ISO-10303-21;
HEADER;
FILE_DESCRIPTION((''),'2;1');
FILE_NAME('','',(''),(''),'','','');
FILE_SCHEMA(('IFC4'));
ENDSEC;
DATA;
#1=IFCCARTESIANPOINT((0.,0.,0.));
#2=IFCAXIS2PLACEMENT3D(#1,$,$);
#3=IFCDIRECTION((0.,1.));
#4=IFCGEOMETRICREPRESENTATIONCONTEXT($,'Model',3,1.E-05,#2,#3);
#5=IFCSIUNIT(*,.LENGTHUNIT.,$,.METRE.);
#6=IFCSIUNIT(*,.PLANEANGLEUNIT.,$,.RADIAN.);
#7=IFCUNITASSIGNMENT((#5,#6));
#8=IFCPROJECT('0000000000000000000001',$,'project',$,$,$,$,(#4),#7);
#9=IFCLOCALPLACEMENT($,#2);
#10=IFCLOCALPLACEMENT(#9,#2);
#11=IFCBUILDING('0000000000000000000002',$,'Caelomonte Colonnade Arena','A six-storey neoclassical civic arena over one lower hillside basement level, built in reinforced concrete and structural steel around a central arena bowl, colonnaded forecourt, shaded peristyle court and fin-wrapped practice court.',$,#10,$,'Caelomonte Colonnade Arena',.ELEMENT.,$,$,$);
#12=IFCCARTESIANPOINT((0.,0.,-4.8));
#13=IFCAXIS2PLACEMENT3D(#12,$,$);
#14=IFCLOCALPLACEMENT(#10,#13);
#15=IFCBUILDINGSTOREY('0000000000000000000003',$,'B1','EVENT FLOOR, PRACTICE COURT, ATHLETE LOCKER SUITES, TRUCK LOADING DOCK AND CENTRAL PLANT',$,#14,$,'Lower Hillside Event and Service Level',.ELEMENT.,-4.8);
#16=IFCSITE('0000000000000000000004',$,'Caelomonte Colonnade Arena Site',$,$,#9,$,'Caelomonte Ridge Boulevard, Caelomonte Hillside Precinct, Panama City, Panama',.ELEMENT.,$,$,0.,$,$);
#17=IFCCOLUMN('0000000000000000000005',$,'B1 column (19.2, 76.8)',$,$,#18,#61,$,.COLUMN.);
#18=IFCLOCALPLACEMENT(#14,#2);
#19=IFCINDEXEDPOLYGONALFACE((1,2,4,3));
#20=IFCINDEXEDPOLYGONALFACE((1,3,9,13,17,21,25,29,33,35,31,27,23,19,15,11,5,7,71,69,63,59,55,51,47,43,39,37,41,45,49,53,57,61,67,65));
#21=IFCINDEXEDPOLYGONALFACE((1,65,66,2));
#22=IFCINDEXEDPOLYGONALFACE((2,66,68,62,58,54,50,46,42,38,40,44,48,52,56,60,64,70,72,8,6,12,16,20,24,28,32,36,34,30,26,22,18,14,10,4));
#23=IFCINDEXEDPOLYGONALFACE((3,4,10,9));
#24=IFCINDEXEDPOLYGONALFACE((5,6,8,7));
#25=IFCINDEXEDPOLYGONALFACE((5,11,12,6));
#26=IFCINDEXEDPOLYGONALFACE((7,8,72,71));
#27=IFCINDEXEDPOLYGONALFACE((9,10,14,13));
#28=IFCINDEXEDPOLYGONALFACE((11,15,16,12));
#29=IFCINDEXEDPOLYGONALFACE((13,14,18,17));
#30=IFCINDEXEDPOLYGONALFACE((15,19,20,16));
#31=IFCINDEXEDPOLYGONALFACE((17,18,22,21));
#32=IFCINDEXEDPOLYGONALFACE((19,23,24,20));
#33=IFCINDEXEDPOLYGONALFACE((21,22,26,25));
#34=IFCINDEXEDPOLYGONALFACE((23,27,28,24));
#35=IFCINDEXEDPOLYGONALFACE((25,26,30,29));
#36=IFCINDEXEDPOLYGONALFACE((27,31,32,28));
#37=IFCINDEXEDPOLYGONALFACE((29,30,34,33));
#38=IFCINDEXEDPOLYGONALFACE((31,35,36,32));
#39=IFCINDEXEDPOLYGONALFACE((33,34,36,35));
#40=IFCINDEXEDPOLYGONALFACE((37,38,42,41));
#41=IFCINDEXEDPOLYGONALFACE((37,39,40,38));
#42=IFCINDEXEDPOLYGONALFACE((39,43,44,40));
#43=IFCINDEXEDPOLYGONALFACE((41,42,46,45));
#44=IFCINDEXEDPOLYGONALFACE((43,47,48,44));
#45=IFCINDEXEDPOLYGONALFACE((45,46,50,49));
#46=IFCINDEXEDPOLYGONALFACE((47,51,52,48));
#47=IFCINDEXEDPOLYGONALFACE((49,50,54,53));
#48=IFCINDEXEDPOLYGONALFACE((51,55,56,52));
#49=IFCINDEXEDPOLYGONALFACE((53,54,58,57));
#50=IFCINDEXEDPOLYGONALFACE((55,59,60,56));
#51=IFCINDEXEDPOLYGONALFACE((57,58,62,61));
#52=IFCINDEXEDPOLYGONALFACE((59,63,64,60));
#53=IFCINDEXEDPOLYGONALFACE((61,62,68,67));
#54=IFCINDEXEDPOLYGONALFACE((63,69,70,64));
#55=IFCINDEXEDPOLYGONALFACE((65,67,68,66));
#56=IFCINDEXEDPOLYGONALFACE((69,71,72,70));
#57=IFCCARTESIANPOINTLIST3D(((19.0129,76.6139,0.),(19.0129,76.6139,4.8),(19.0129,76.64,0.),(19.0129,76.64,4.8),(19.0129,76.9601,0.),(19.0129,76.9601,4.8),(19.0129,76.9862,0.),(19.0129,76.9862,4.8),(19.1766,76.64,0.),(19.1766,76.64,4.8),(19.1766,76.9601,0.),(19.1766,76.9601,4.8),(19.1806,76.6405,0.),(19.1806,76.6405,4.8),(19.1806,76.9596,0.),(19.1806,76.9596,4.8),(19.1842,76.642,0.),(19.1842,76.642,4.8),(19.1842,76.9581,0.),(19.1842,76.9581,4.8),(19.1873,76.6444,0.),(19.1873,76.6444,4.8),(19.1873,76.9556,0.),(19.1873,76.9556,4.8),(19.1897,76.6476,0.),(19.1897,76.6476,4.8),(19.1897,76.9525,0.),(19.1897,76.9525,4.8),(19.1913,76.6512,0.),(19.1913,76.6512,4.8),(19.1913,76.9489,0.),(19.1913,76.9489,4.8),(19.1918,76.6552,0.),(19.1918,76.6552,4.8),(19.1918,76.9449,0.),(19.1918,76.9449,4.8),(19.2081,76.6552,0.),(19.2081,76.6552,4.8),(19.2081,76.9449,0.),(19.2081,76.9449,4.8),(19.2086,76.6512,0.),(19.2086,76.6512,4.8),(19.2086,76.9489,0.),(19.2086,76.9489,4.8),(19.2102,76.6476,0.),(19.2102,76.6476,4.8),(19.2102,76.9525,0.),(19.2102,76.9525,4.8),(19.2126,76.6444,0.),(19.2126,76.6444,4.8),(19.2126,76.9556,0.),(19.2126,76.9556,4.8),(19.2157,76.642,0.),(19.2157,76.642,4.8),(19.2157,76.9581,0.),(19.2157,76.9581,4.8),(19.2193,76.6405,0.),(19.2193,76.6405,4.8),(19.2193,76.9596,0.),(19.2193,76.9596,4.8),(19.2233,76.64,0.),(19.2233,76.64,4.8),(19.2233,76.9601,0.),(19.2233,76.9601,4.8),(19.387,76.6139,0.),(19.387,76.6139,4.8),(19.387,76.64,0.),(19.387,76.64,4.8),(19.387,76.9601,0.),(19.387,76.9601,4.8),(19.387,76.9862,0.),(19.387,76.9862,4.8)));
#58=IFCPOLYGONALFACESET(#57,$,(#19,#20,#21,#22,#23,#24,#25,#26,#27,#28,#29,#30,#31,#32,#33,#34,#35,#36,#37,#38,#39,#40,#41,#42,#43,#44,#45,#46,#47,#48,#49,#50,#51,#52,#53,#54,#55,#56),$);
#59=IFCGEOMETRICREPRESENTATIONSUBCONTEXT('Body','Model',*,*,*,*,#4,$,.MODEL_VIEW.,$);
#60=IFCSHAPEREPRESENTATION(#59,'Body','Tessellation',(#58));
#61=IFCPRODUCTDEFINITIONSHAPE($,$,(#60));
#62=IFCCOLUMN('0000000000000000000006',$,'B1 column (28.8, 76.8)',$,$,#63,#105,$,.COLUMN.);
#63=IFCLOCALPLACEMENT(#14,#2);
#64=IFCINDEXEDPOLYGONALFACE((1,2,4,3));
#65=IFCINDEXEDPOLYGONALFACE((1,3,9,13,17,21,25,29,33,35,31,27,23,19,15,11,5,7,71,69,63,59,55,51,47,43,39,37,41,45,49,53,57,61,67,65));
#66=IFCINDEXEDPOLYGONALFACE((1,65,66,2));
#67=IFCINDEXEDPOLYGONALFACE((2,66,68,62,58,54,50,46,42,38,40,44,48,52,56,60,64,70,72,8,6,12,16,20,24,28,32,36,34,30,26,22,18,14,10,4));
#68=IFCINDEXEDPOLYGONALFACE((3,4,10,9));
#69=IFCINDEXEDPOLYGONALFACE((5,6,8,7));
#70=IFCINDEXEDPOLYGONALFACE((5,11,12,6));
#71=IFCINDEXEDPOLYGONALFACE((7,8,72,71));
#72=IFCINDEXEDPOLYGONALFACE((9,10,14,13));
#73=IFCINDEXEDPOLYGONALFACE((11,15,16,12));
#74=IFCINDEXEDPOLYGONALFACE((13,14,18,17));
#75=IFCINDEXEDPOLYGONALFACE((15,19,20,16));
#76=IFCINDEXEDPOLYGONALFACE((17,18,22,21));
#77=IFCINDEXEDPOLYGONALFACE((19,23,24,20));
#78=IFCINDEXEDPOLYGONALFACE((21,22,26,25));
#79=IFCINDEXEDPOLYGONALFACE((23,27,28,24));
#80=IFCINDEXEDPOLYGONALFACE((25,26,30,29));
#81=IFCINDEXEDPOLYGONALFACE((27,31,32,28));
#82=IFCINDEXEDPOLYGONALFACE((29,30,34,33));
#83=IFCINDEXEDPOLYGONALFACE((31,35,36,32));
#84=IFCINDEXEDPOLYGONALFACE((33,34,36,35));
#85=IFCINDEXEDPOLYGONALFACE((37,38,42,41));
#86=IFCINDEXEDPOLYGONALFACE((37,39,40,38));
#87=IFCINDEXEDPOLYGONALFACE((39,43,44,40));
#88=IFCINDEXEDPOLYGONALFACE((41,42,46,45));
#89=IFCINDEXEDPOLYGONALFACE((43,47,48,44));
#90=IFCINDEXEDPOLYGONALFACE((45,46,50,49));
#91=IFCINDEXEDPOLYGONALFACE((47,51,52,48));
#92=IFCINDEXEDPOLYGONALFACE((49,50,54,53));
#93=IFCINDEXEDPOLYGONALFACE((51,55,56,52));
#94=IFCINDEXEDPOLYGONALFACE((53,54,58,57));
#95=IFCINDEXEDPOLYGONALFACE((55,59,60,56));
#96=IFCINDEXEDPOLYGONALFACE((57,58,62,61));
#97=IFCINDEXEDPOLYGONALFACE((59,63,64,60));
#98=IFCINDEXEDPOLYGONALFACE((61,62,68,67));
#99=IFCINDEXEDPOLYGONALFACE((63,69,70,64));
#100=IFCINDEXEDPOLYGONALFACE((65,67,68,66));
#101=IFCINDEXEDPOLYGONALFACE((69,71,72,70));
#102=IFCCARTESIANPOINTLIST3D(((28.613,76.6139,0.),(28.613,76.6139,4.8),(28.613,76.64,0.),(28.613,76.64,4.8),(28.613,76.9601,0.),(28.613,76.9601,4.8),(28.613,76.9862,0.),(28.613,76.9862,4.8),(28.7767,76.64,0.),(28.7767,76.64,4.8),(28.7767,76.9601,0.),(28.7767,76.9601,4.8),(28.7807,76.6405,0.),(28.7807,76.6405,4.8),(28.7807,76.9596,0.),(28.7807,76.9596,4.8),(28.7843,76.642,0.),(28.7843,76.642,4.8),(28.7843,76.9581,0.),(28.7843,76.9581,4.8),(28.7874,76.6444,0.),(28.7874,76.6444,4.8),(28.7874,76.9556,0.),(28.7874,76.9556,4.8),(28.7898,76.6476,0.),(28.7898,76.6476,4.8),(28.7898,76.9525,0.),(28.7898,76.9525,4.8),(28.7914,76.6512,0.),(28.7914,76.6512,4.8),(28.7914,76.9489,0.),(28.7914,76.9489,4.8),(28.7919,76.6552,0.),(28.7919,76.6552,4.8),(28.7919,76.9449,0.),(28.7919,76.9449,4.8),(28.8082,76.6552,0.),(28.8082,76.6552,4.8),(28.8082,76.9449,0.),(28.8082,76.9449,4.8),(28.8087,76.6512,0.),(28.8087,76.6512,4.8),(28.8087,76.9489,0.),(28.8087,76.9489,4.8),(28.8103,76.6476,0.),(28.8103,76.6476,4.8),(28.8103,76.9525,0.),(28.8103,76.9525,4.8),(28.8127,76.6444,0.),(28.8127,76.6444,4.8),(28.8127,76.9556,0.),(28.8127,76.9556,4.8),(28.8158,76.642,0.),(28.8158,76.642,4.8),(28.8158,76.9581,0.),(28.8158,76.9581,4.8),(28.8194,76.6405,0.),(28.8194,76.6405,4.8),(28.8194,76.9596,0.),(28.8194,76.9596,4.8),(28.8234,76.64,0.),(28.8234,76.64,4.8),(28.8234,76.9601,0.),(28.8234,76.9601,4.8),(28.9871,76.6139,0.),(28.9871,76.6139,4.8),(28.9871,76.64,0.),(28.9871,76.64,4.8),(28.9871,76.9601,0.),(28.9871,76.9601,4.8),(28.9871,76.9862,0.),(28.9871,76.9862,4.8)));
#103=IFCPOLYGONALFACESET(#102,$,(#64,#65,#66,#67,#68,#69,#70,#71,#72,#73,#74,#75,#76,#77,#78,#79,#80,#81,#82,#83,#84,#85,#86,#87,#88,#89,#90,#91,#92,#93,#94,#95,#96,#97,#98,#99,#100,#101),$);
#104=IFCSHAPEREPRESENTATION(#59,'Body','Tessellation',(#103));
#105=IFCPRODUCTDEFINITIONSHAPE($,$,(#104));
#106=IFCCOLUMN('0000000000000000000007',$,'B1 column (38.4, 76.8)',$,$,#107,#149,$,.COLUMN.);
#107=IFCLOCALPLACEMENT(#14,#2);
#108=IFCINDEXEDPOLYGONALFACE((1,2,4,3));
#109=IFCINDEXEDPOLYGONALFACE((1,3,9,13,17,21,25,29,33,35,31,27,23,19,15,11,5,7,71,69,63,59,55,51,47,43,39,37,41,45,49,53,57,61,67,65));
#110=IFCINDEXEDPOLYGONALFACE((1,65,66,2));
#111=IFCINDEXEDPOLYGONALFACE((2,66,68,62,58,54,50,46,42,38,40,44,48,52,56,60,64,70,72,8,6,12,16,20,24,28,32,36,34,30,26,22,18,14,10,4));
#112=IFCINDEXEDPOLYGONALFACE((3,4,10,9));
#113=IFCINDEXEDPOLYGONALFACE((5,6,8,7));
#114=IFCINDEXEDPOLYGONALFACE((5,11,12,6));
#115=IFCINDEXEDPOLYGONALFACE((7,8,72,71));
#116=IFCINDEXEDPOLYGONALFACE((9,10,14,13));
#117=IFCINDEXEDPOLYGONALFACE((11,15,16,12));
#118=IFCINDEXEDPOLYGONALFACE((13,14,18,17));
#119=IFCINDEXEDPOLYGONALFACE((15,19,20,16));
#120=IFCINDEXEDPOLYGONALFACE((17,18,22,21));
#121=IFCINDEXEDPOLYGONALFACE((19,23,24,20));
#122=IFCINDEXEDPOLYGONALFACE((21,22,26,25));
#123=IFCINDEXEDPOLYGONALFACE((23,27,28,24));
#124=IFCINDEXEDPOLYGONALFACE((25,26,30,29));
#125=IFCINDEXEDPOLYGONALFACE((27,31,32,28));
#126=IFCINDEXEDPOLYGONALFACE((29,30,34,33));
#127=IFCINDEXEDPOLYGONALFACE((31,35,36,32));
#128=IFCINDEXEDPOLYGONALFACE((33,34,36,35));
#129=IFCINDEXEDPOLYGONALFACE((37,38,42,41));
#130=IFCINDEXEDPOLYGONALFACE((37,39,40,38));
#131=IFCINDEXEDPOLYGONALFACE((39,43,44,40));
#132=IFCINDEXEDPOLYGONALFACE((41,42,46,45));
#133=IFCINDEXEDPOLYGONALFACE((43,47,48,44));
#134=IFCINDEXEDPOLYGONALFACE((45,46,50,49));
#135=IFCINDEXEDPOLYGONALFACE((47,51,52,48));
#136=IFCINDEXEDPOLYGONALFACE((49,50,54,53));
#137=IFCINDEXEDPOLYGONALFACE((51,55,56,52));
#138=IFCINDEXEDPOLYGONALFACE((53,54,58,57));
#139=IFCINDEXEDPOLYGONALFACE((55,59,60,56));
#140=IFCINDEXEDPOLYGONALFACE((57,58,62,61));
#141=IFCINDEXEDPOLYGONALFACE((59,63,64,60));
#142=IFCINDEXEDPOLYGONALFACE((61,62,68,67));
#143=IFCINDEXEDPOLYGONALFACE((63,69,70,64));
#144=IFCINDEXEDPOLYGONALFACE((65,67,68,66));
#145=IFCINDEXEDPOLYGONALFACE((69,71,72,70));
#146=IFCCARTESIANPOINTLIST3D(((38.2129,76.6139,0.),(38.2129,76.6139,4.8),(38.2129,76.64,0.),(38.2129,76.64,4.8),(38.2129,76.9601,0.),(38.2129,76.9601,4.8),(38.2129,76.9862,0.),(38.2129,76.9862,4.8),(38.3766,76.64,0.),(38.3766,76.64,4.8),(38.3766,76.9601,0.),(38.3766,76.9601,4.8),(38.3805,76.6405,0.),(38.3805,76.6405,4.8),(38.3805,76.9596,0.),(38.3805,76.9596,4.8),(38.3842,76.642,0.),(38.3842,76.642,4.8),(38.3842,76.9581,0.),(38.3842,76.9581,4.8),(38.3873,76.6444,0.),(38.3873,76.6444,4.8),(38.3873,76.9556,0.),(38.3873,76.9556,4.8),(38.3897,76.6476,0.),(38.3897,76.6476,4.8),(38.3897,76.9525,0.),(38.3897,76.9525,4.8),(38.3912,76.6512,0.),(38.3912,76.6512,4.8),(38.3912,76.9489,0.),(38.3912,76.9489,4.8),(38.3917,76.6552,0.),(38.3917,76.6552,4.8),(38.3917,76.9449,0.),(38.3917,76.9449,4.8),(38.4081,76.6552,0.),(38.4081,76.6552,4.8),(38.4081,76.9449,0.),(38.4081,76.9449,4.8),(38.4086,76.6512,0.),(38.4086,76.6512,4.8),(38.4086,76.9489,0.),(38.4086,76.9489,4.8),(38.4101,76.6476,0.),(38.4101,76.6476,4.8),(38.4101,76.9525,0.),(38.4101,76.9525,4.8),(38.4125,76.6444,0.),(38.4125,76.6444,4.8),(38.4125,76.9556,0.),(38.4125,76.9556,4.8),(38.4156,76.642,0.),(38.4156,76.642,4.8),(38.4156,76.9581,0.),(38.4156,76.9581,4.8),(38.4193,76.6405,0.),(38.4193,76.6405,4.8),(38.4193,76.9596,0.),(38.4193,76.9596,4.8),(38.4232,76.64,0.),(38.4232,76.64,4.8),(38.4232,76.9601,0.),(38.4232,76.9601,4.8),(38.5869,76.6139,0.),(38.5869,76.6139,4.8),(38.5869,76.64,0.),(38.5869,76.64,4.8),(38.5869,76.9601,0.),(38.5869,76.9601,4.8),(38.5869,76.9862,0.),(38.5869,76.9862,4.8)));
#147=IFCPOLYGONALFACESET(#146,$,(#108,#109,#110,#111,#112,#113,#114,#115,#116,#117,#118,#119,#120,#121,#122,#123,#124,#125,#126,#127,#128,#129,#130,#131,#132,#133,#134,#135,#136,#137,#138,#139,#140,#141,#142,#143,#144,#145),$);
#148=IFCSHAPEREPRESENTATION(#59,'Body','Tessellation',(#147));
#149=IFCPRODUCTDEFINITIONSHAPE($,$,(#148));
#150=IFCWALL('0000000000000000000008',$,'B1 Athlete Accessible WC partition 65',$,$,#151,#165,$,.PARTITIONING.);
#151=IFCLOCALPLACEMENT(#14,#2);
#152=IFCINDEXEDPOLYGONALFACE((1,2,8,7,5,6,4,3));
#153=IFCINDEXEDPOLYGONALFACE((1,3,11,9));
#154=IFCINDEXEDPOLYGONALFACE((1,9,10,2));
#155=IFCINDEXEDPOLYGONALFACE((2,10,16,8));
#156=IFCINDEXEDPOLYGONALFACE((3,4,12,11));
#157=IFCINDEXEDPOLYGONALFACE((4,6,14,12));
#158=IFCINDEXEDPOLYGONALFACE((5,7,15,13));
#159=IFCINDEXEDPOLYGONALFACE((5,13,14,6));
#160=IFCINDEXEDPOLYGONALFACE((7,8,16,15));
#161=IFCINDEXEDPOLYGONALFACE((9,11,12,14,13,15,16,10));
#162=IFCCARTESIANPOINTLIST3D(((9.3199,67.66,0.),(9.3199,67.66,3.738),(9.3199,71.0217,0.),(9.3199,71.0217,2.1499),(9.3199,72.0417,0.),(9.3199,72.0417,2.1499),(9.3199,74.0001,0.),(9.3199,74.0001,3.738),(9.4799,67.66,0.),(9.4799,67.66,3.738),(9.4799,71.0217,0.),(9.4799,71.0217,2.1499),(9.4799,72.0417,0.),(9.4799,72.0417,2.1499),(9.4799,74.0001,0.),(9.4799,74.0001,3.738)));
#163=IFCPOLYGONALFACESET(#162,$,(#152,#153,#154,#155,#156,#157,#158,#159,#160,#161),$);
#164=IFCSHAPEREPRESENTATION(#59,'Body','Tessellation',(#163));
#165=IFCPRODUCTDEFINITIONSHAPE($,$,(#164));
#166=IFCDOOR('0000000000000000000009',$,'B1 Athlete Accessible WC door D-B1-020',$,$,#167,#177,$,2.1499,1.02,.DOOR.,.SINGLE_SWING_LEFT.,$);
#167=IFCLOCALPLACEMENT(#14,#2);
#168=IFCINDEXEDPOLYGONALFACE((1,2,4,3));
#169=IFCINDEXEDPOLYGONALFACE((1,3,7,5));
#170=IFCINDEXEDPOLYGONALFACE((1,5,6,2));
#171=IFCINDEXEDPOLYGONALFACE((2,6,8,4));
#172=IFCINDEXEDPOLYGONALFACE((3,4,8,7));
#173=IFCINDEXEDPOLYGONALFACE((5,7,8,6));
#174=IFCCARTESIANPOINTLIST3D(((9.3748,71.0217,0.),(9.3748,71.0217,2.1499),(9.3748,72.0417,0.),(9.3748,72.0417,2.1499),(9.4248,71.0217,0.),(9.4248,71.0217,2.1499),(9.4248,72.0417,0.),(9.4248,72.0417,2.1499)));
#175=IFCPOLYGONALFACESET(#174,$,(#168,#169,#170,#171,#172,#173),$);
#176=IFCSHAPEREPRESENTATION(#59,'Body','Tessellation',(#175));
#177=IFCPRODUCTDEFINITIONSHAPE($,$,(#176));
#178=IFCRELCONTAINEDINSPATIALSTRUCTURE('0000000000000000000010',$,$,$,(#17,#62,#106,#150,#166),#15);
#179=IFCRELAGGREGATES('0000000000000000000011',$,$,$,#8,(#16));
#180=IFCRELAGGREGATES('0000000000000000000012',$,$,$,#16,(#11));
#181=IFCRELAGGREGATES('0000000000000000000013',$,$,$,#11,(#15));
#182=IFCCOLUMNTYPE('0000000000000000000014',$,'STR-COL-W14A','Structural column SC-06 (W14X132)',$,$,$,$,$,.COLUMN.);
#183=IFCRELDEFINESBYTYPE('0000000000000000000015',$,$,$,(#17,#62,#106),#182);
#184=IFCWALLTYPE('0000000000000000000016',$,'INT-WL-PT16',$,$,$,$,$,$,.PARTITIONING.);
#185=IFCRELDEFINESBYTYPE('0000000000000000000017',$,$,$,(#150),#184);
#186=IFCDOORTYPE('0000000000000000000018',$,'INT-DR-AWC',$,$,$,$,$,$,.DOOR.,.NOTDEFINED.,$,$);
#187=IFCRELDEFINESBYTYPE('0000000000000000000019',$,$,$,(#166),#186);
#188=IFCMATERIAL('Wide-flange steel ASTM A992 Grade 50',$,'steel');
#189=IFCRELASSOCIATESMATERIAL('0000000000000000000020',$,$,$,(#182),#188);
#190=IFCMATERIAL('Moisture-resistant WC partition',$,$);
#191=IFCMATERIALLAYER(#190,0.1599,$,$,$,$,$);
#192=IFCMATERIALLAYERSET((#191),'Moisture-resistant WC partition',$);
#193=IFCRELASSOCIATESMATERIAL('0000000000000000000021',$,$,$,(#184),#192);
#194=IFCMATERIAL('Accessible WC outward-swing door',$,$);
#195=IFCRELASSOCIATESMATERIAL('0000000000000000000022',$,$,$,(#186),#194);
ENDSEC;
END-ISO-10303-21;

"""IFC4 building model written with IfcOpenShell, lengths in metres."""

from ifc_helpers import new_model, si_unit, direction, frame, frame_2d, origin, origin_2d, place, context, subcontext, project, spatial, rectangle, i_section, extrude, material, layer, layer_set, material_profile, profile_set, type_object, element, fill, save


model = new_model("IFC4")

# Units and contexts
model_context = context("Model", 3, precision=1e-05, world=origin(), true_north=direction((0.0, 1.0)))
body_context = subcontext(model_context, "Body", "Model", "MODEL_VIEW")
ifc_project = project(units=[si_unit("LENGTHUNIT", "METRE"), si_unit("PLANEANGLEUNIT", "RADIAN")], contexts=[model_context])

# Site, building, storey
site_placement = place(None, origin())
site = spatial("IfcSite", under=ifc_project, at=site_placement, Name="Caelomonte Colonnade Arena Site", LongName="Caelomonte Ridge Boulevard, Caelomonte Hillside Precinct, Panama City, Panama", CompositionType="ELEMENT", RefElevation=0.0)
building_placement = place(site_placement, origin())
building = spatial("IfcBuilding", under=site, at=building_placement, Name="Caelomonte Colonnade Arena", Description="A six-storey neoclassical civic arena over one lower hillside basement level, built in reinforced concrete and structural steel around a central arena bowl, colonnaded forecourt, shaded peristyle court and fin-wrapped practice court.", LongName="Caelomonte Colonnade Arena", CompositionType="ELEMENT")
storey_placement = place(building_placement, frame((0.0, 0.0, -4.8)))
storey = spatial("IfcBuildingStorey", under=building, at=storey_placement, Name="B1", Description="EVENT FLOOR, PRACTICE COURT, ATHLETE LOCKER SUITES, TRUCK LOADING DOCK AND CENTRAL PLANT", LongName="Lower Hillside Event and Service Level", CompositionType="ELEMENT", Elevation=-4.8)

# Columns
ifc_material_1 = material(Name="Wide-flange steel ASTM A992 Grade 50", Category="steel")
ifc_material_profile_1 = material_profile(ifc_material_1, i_section(OverallWidth=0.374, OverallDepth=0.3723, WebThickness=0.0164, FlangeThickness=0.0261, FilletRadius=0.0151, at=origin_2d()), Name="W14X132")
ifc_profile_set_1 = profile_set([ifc_material_profile_1], Name="Wide-flange steel ASTM A992 Grade 50")
column_type_1 = type_object("IfcColumnType", Name="STR-COL-W14A", Description="Structural column SC-06 (W14X132)", PredefinedType="COLUMN", material=ifc_profile_set_1)
for number, where, z_axis, x_axis, name in (
    (1, (19.2, 76.8, 0.0), (0.0, 0.0, 1.0), (1.0, 0.0, 0.0), "B1 column (19.2, 76.8)"),
    (2, (28.8, 76.8, 0.0), (0.0, 0.0, 1.0), (1.0, 0.0, 0.0), "B1 column (28.8, 76.8)"),
    (3, (38.3999, 76.8, 0.0), (0.0, 0.0, 1.0), (1.0, 0.0, 0.0), "B1 column (38.4, 76.8)"),
):
    element("IfcColumn", number, at=place(storey_placement, frame(where, z_axis=z_axis, x_axis=x_axis)), inside=storey, type_object=column_type_1, Name=name, PredefinedType="COLUMN", context=body_context, shape_type="SweptSolid", body=[
        extrude(i_section(OverallWidth=0.374, OverallDepth=0.3723, WebThickness=0.0164, FlangeThickness=0.0261, FilletRadius=0.0151, at=origin_2d()), origin(), (0.0, 0.0, 1.0), 4.8),
    ])

# Wall, opening, door
ifc_material_2 = material(Name="Moisture-resistant WC partition")
ifc_layer = layer(ifc_material_2, 0.1599)
ifc_layer_set = layer_set([ifc_layer], Name="Moisture-resistant WC partition")
wall_type = type_object("IfcWallType", Name="INT-WL-PT16", PredefinedType="PARTITIONING", material=ifc_layer_set)
wall_placement = place(storey_placement, frame((9.3999, 74.0, 0.0), z_axis=(0.0, 0.0, 1.0), x_axis=(0.0, -1.0, 0.0)))
wall = element("IfcWall", 4, at=wall_placement, inside=storey, type_object=wall_type, Name="B1 Athlete Accessible WC partition 65", PredefinedType="PARTITIONING", context=body_context, shape_type="SweptSolid", body=[
    extrude(rectangle(XDim=6.3401, YDim=0.1599, at=frame_2d((3.1699, 0.0))), origin(), (0.0, 0.0, 1.0), 3.738),
])
opening_placement = place(wall_placement, frame((1.9583, 0.0, 0.0), z_axis=(0.0, 0.0, 1.0), x_axis=(1.0, 0.0, 0.0)))
opening = element("IfcOpeningElement", 5, at=opening_placement, cuts=wall, PredefinedType="OPENING", context=body_context, shape_type="SweptSolid", body=[
    extrude(rectangle(XDim=1.02, YDim=2.1499, at=frame_2d((0.51, 1.075))), frame((0.0, 0.0898, 0.0), z_axis=(0.0, -1.0, 0.0), x_axis=(1.0, 0.0, 0.0)), (0.0, 0.0, 1.0), 0.1799),
])
ifc_material_3 = material(Name="Accessible WC outward-swing door")
door_type = type_object("IfcDoorType", Name="INT-DR-AWC", OperationType="NOTDEFINED", PredefinedType="DOOR", material=ifc_material_3)
door_placement = place(opening_placement, origin())
door = element("IfcDoor", 6, at=door_placement, inside=storey, type_object=door_type, Name="B1 Athlete Accessible WC door D-B1-020", OperationType="SINGLE_SWING_LEFT", OverallHeight=2.1499, OverallWidth=1.02, PredefinedType="DOOR", context=body_context, shape_type="SweptSolid", body=[
    extrude(rectangle(XDim=1.02, YDim=2.1499, at=frame_2d((0.51, 1.075))), frame((0.0, 0.0249, 0.0), z_axis=(0.0, -1.0, 0.0), x_axis=(1.0, 0.0, 0.0)), (0.0, 0.0, 1.0), 0.05),
])
fill(opening, door)

save(model, "model.ifc")
